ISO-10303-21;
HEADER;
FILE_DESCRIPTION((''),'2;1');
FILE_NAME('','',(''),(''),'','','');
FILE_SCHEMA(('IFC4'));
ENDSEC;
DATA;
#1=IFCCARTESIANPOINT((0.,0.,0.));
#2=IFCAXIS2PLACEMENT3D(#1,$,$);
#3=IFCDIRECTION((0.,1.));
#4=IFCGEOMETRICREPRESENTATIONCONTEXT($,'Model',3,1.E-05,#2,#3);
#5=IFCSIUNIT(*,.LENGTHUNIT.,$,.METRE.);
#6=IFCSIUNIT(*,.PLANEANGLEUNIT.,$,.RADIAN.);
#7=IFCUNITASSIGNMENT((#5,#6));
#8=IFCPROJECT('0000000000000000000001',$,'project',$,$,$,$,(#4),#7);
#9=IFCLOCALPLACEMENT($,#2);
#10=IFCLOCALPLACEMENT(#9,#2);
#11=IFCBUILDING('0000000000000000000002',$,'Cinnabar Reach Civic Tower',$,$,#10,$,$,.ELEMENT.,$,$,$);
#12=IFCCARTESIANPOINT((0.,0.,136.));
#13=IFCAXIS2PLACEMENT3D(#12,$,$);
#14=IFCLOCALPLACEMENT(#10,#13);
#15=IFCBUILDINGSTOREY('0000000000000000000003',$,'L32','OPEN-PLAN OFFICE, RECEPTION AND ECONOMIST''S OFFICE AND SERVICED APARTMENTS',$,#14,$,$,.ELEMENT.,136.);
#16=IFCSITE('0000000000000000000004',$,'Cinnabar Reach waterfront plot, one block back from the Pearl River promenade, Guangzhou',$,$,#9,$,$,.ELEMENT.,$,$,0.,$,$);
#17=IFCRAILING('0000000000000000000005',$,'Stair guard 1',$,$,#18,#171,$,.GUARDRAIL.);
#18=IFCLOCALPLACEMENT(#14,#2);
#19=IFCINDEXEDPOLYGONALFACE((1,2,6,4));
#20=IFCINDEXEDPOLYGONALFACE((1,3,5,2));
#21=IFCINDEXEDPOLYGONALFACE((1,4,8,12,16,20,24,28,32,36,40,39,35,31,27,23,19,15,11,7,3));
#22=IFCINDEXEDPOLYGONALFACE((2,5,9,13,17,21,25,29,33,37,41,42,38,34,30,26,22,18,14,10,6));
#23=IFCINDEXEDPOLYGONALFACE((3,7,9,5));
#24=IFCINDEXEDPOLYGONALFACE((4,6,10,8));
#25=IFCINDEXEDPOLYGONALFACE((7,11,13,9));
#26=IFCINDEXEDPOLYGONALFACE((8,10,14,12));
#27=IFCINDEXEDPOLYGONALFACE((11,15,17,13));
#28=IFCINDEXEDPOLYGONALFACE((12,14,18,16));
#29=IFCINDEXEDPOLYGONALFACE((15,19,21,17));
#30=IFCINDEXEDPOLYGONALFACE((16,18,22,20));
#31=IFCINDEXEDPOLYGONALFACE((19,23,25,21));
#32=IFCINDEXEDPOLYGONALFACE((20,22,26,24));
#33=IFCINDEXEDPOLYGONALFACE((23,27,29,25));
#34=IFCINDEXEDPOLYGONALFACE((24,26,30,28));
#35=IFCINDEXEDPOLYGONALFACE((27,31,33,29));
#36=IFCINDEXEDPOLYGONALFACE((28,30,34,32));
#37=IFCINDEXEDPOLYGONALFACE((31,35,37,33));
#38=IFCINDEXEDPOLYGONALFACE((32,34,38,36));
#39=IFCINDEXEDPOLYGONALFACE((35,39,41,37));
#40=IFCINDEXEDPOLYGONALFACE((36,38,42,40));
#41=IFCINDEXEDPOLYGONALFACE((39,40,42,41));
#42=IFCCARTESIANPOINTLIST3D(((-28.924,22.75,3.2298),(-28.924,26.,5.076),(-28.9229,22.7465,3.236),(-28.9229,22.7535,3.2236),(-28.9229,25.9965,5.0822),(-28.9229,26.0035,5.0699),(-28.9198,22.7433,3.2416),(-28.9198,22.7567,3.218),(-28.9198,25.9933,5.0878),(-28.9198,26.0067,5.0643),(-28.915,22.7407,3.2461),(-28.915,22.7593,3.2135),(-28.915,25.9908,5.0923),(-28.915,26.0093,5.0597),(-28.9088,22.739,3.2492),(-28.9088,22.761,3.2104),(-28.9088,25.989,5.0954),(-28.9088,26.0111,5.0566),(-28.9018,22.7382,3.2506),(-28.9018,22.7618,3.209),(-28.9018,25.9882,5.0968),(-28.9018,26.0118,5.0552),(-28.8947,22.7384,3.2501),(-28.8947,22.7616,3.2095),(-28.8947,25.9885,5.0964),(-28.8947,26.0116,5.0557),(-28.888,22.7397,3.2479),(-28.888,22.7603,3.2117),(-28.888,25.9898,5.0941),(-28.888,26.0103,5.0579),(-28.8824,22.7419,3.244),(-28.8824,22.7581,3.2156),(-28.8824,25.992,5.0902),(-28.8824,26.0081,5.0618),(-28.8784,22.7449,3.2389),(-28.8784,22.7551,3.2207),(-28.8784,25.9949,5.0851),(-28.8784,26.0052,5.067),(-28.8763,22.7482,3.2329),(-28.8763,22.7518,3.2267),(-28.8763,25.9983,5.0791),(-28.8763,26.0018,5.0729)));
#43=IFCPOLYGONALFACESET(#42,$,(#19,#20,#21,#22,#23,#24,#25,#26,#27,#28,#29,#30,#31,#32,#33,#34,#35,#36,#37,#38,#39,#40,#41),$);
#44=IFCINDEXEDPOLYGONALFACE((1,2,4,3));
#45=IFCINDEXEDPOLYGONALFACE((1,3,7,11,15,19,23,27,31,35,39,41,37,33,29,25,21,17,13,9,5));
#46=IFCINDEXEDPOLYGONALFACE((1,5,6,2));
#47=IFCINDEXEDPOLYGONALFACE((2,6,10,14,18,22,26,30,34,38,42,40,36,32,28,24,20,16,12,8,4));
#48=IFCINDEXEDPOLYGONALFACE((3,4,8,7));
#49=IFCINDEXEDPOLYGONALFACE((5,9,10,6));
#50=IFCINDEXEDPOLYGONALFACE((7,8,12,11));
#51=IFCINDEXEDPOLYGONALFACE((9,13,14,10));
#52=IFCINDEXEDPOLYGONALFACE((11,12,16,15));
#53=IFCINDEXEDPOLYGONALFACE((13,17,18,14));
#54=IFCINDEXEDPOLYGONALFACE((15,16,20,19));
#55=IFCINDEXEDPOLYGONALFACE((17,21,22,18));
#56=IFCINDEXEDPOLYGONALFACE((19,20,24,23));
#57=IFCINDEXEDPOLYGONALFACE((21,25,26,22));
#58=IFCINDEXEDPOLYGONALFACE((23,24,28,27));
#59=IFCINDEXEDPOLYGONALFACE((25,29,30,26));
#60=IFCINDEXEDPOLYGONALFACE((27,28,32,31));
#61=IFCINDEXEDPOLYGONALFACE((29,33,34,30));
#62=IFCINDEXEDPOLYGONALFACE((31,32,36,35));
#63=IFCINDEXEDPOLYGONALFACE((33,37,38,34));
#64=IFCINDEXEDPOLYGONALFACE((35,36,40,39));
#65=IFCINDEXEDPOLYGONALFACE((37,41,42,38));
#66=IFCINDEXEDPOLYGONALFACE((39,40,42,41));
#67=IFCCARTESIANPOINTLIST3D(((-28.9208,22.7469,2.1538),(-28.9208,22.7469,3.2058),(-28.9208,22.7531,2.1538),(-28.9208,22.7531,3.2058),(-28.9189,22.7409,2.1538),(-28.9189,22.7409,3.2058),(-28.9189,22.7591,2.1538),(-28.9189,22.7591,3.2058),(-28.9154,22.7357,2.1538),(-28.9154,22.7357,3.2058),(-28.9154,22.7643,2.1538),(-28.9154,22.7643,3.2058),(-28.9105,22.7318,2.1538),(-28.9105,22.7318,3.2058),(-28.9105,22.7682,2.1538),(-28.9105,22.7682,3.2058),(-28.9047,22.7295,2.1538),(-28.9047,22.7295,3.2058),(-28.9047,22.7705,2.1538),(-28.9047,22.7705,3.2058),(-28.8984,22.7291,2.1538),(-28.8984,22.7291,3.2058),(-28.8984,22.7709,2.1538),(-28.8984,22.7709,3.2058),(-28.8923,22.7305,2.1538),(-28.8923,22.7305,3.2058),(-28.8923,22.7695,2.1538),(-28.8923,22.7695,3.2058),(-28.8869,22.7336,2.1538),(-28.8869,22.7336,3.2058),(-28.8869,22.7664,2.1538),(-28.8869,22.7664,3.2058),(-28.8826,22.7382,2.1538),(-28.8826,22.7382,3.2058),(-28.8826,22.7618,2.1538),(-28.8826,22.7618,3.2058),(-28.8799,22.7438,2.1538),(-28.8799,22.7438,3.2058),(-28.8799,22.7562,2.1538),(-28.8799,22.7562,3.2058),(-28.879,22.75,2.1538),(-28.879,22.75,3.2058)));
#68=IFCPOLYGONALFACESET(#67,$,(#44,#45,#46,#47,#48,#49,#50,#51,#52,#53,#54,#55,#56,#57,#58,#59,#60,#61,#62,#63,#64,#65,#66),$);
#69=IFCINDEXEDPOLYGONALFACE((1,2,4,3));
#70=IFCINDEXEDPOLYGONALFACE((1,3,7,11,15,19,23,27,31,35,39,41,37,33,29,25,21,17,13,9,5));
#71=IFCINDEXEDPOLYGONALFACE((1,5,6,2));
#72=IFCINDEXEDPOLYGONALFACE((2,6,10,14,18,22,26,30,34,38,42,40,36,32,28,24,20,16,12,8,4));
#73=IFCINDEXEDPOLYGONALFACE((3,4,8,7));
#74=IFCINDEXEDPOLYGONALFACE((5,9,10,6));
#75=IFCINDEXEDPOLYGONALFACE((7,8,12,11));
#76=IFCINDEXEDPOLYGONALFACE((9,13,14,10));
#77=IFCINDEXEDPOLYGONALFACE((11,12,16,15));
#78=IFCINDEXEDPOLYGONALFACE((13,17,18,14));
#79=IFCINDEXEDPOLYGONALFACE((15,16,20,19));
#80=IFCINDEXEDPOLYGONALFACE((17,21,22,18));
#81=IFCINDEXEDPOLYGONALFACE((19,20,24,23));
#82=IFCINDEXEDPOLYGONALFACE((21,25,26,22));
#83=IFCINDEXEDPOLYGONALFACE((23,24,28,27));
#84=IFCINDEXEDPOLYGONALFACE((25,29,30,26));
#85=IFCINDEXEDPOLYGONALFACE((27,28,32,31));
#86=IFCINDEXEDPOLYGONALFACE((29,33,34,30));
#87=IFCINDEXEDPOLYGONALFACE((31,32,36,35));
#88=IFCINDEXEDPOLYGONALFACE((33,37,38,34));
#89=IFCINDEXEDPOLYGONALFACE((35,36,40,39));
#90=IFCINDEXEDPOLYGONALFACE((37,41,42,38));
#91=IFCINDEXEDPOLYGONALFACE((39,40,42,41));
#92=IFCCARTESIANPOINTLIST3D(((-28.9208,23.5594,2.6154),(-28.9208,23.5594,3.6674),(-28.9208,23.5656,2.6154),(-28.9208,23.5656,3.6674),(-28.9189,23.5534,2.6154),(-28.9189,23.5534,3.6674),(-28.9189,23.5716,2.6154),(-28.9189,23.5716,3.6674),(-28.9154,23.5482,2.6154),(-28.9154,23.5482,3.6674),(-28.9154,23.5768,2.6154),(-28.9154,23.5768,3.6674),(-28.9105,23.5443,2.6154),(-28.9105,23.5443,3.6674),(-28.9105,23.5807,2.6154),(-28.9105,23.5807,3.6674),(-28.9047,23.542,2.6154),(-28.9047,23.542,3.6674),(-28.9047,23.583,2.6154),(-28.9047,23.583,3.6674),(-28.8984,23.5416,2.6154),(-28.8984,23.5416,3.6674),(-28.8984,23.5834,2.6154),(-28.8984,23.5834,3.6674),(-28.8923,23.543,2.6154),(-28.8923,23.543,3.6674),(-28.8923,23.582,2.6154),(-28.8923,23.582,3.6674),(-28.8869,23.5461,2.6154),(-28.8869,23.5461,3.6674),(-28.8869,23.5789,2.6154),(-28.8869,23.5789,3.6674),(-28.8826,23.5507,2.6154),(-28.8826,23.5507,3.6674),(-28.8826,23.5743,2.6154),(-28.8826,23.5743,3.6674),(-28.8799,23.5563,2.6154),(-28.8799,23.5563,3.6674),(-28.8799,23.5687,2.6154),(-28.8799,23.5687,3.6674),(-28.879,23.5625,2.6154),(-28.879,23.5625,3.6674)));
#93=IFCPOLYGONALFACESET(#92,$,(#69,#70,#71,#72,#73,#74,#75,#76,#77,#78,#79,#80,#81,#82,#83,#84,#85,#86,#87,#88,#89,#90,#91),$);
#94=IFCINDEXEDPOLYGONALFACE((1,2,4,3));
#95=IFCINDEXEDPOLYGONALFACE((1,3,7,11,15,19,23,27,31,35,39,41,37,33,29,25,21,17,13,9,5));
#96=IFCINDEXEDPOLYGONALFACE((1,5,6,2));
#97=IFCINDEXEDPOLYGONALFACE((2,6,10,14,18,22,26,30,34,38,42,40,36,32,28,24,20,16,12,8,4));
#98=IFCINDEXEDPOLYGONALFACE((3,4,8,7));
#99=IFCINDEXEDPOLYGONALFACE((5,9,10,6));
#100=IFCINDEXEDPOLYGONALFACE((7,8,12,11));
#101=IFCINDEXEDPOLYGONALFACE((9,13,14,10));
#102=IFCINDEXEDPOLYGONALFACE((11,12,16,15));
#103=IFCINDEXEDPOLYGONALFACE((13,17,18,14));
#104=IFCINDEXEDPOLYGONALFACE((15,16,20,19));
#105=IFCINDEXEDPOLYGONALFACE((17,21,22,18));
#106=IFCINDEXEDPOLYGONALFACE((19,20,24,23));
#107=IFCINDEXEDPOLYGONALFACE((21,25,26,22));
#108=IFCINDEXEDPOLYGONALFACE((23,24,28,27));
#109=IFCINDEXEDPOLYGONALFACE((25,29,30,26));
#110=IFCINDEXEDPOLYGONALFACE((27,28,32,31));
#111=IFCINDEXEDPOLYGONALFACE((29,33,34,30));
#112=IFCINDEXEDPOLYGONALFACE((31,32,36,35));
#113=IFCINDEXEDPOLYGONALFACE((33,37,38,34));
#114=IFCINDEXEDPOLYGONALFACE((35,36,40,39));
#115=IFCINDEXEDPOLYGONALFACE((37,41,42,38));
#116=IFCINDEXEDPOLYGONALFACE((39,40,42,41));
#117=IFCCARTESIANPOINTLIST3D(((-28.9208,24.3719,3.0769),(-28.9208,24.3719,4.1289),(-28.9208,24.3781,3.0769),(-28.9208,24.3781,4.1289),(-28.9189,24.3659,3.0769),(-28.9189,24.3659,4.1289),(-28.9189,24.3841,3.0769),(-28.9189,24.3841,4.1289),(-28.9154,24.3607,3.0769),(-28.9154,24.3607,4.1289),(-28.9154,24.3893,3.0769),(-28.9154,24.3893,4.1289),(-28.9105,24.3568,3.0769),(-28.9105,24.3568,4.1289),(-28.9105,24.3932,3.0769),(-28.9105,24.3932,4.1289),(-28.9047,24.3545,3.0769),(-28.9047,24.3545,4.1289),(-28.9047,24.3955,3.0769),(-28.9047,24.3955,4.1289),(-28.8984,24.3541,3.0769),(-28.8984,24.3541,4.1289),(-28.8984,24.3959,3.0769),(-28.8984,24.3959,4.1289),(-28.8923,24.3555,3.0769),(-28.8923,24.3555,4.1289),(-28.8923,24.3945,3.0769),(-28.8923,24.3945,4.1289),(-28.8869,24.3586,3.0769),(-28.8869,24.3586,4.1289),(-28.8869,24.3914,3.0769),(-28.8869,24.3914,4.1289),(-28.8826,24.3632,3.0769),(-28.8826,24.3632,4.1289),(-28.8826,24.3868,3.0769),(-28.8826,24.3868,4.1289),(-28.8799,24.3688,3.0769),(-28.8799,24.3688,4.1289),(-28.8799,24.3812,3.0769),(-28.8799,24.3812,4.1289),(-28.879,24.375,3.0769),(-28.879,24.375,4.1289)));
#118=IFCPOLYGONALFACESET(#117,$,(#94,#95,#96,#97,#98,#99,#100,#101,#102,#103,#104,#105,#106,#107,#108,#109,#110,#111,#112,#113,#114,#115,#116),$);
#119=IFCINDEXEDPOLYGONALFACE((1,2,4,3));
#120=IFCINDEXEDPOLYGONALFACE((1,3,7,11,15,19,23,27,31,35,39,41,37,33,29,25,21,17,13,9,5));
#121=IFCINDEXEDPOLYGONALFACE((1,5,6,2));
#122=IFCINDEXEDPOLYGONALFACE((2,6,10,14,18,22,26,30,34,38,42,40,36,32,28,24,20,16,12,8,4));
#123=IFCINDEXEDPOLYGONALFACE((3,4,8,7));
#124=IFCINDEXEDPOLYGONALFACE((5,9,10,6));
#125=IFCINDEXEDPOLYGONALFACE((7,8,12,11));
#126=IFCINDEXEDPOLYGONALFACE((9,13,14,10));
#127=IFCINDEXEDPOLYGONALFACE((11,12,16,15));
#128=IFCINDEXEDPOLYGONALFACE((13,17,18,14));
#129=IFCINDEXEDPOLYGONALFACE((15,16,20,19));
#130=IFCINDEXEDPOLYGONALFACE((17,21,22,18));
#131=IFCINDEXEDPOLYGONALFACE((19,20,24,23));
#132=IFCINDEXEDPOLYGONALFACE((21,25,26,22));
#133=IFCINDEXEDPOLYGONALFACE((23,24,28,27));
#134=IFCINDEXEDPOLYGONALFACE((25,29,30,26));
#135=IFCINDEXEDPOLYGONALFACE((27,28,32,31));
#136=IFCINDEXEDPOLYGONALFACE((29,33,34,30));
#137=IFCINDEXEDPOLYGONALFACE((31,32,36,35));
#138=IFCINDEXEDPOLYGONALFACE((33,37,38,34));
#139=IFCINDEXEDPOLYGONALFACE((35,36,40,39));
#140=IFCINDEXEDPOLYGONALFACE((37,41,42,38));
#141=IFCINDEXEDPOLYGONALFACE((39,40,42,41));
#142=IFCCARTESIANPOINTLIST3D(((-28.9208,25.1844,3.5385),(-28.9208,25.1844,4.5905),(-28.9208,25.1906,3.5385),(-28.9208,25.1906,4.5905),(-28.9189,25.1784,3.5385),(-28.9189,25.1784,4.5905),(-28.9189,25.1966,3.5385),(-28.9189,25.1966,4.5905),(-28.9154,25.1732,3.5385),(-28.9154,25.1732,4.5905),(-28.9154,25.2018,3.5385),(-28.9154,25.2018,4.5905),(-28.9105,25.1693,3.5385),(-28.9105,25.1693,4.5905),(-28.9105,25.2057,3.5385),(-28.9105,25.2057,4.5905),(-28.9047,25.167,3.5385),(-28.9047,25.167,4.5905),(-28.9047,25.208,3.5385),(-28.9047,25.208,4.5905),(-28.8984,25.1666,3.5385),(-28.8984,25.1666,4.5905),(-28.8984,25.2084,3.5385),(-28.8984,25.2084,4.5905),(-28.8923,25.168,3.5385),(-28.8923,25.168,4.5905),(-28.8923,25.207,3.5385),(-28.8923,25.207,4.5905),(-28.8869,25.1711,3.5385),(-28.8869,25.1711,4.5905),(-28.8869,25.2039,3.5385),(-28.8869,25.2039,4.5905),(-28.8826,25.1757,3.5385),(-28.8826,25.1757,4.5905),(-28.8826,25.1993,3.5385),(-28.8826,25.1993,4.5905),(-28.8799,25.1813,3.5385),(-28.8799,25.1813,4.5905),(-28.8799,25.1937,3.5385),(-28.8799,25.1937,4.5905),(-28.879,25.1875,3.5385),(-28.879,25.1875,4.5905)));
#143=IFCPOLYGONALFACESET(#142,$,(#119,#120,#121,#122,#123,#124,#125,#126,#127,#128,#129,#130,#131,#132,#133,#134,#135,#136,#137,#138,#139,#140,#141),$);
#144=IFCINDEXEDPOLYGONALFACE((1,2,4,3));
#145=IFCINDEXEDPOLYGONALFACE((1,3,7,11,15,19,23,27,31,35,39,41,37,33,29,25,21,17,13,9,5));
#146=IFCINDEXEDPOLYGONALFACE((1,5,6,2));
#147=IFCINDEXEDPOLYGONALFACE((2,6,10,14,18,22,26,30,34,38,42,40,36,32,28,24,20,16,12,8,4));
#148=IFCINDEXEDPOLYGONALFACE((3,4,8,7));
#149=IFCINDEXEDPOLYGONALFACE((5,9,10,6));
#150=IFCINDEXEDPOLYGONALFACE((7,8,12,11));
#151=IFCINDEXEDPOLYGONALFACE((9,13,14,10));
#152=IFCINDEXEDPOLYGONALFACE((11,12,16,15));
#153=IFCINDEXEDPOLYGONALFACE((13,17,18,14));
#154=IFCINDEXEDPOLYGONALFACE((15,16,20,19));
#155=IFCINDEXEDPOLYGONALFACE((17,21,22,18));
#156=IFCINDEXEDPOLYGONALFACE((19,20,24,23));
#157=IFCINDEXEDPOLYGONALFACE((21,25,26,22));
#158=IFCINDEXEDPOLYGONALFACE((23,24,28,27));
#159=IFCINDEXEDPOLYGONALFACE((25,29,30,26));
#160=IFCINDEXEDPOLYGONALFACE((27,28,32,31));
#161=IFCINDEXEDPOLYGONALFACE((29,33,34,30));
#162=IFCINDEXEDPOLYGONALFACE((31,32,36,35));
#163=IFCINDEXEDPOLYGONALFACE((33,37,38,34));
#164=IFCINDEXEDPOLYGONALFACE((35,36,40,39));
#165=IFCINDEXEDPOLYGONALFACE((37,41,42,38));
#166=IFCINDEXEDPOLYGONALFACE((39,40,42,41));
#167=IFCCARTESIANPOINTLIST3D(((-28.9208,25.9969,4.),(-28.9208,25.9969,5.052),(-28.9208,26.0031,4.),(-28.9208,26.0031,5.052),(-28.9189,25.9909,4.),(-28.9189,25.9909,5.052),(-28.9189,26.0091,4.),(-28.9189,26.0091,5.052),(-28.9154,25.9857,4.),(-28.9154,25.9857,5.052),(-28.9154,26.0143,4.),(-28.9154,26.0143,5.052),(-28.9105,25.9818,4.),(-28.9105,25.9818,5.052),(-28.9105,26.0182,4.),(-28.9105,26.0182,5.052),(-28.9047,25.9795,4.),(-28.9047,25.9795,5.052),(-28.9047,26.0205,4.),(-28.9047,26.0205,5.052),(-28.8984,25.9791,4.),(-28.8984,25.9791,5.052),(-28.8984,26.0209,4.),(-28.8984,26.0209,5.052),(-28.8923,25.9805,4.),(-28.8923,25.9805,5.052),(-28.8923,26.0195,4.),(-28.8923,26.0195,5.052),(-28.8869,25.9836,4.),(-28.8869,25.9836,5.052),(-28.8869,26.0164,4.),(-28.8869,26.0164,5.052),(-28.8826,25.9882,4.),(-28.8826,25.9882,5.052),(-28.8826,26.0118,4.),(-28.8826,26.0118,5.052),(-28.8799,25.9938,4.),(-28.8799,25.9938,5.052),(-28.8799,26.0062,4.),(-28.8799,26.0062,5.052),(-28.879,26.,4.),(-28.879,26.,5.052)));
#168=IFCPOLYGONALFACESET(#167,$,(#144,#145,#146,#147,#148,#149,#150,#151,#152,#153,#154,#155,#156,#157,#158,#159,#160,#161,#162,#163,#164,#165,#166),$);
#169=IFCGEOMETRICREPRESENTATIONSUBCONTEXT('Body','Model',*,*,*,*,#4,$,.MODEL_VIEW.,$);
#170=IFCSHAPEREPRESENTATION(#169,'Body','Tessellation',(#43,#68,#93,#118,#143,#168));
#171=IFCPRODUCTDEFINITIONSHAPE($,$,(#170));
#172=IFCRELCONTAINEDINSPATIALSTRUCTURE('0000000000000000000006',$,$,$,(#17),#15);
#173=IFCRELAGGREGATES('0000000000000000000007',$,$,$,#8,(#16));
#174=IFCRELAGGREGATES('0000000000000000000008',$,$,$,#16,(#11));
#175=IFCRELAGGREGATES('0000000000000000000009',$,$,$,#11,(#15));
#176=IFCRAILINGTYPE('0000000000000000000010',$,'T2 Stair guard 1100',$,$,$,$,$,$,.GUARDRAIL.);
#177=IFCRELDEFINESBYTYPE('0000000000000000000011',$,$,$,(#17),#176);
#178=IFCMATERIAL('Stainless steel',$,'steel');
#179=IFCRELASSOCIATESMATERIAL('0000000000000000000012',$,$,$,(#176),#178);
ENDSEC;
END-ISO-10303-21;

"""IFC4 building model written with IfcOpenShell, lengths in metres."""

from ifc_helpers import new_model, si_unit, direction, frame, origin, origin_2d, place, context, subcontext, project, spatial, circle, extrude, material, type_object, element, save


model = new_model("IFC4")

# Units and contexts
model_context = context("Model", 3, precision=1e-05, world=origin(), true_north=direction((0.0, 1.0)))
body_context = subcontext(model_context, "Body", "Model", "MODEL_VIEW")
ifc_project = project(units=[si_unit("LENGTHUNIT", "METRE"), si_unit("PLANEANGLEUNIT", "RADIAN")], contexts=[model_context])

# Site, building, storey
site_placement = place(None, origin())
site = spatial("IfcSite", under=ifc_project, at=site_placement, Name="Cinnabar Reach waterfront plot, one block back from the Pearl River promenade, Guangzhou", CompositionType="ELEMENT", RefElevation=0.0)
building_placement = place(site_placement, origin())
building = spatial("IfcBuilding", under=site, at=building_placement, Name="Cinnabar Reach Civic Tower", CompositionType="ELEMENT")
storey_placement = place(building_placement, frame((0.0, 0.0, 136.0)))
storey = spatial("IfcBuildingStorey", under=building, at=storey_placement, Name="L32", Description="OPEN-PLAN OFFICE, RECEPTION AND ECONOMIST'S OFFICE AND SERVICED APARTMENTS", CompositionType="ELEMENT", Elevation=136.0)

# Railing
ifc_material_1 = material(Name="Stainless steel", Category="steel")
railing_type = type_object("IfcRailingType", Name="T2 Stair guard 1100", PredefinedType="GUARDRAIL", material=ifc_material_1)
railing_1_placement = place(storey_placement, frame((-28.9, 22.75, 2.1538)))
element("IfcRailing", 1, at=railing_1_placement, inside=storey, type_object=railing_type, Name="Stair guard 1", PredefinedType="GUARDRAIL", context=body_context, shape_type="SweptSolid", body=[
    extrude(circle(Radius=0.024, at=origin_2d()), frame((0.0, 0.0, 1.076), z_axis=(0.0, 0.869501, 0.49393), x_axis=(-1.0, 0.0, 0.0)), (0.0, 0.0, 1.0), 3.7378),
    extrude(circle(Radius=0.021, at=origin_2d()), origin(), (0.0, 0.0, 1.0), 1.052),
    extrude(circle(Radius=0.021, at=origin_2d()), frame((0.0, 0.8125, 0.4616)), (0.0, 0.0, 1.0), 1.052),
    extrude(circle(Radius=0.021, at=origin_2d()), frame((0.0, 1.625, 0.9231)), (0.0, 0.0, 1.0), 1.052),
    extrude(circle(Radius=0.021, at=origin_2d()), frame((0.0, 2.4375, 1.3847)), (0.0, 0.0, 1.0), 1.052),
    extrude(circle(Radius=0.021, at=origin_2d()), frame((0.0, 3.25, 1.8462)), (0.0, 0.0, 1.0), 1.052),
])

save(model, "model.ifc")
